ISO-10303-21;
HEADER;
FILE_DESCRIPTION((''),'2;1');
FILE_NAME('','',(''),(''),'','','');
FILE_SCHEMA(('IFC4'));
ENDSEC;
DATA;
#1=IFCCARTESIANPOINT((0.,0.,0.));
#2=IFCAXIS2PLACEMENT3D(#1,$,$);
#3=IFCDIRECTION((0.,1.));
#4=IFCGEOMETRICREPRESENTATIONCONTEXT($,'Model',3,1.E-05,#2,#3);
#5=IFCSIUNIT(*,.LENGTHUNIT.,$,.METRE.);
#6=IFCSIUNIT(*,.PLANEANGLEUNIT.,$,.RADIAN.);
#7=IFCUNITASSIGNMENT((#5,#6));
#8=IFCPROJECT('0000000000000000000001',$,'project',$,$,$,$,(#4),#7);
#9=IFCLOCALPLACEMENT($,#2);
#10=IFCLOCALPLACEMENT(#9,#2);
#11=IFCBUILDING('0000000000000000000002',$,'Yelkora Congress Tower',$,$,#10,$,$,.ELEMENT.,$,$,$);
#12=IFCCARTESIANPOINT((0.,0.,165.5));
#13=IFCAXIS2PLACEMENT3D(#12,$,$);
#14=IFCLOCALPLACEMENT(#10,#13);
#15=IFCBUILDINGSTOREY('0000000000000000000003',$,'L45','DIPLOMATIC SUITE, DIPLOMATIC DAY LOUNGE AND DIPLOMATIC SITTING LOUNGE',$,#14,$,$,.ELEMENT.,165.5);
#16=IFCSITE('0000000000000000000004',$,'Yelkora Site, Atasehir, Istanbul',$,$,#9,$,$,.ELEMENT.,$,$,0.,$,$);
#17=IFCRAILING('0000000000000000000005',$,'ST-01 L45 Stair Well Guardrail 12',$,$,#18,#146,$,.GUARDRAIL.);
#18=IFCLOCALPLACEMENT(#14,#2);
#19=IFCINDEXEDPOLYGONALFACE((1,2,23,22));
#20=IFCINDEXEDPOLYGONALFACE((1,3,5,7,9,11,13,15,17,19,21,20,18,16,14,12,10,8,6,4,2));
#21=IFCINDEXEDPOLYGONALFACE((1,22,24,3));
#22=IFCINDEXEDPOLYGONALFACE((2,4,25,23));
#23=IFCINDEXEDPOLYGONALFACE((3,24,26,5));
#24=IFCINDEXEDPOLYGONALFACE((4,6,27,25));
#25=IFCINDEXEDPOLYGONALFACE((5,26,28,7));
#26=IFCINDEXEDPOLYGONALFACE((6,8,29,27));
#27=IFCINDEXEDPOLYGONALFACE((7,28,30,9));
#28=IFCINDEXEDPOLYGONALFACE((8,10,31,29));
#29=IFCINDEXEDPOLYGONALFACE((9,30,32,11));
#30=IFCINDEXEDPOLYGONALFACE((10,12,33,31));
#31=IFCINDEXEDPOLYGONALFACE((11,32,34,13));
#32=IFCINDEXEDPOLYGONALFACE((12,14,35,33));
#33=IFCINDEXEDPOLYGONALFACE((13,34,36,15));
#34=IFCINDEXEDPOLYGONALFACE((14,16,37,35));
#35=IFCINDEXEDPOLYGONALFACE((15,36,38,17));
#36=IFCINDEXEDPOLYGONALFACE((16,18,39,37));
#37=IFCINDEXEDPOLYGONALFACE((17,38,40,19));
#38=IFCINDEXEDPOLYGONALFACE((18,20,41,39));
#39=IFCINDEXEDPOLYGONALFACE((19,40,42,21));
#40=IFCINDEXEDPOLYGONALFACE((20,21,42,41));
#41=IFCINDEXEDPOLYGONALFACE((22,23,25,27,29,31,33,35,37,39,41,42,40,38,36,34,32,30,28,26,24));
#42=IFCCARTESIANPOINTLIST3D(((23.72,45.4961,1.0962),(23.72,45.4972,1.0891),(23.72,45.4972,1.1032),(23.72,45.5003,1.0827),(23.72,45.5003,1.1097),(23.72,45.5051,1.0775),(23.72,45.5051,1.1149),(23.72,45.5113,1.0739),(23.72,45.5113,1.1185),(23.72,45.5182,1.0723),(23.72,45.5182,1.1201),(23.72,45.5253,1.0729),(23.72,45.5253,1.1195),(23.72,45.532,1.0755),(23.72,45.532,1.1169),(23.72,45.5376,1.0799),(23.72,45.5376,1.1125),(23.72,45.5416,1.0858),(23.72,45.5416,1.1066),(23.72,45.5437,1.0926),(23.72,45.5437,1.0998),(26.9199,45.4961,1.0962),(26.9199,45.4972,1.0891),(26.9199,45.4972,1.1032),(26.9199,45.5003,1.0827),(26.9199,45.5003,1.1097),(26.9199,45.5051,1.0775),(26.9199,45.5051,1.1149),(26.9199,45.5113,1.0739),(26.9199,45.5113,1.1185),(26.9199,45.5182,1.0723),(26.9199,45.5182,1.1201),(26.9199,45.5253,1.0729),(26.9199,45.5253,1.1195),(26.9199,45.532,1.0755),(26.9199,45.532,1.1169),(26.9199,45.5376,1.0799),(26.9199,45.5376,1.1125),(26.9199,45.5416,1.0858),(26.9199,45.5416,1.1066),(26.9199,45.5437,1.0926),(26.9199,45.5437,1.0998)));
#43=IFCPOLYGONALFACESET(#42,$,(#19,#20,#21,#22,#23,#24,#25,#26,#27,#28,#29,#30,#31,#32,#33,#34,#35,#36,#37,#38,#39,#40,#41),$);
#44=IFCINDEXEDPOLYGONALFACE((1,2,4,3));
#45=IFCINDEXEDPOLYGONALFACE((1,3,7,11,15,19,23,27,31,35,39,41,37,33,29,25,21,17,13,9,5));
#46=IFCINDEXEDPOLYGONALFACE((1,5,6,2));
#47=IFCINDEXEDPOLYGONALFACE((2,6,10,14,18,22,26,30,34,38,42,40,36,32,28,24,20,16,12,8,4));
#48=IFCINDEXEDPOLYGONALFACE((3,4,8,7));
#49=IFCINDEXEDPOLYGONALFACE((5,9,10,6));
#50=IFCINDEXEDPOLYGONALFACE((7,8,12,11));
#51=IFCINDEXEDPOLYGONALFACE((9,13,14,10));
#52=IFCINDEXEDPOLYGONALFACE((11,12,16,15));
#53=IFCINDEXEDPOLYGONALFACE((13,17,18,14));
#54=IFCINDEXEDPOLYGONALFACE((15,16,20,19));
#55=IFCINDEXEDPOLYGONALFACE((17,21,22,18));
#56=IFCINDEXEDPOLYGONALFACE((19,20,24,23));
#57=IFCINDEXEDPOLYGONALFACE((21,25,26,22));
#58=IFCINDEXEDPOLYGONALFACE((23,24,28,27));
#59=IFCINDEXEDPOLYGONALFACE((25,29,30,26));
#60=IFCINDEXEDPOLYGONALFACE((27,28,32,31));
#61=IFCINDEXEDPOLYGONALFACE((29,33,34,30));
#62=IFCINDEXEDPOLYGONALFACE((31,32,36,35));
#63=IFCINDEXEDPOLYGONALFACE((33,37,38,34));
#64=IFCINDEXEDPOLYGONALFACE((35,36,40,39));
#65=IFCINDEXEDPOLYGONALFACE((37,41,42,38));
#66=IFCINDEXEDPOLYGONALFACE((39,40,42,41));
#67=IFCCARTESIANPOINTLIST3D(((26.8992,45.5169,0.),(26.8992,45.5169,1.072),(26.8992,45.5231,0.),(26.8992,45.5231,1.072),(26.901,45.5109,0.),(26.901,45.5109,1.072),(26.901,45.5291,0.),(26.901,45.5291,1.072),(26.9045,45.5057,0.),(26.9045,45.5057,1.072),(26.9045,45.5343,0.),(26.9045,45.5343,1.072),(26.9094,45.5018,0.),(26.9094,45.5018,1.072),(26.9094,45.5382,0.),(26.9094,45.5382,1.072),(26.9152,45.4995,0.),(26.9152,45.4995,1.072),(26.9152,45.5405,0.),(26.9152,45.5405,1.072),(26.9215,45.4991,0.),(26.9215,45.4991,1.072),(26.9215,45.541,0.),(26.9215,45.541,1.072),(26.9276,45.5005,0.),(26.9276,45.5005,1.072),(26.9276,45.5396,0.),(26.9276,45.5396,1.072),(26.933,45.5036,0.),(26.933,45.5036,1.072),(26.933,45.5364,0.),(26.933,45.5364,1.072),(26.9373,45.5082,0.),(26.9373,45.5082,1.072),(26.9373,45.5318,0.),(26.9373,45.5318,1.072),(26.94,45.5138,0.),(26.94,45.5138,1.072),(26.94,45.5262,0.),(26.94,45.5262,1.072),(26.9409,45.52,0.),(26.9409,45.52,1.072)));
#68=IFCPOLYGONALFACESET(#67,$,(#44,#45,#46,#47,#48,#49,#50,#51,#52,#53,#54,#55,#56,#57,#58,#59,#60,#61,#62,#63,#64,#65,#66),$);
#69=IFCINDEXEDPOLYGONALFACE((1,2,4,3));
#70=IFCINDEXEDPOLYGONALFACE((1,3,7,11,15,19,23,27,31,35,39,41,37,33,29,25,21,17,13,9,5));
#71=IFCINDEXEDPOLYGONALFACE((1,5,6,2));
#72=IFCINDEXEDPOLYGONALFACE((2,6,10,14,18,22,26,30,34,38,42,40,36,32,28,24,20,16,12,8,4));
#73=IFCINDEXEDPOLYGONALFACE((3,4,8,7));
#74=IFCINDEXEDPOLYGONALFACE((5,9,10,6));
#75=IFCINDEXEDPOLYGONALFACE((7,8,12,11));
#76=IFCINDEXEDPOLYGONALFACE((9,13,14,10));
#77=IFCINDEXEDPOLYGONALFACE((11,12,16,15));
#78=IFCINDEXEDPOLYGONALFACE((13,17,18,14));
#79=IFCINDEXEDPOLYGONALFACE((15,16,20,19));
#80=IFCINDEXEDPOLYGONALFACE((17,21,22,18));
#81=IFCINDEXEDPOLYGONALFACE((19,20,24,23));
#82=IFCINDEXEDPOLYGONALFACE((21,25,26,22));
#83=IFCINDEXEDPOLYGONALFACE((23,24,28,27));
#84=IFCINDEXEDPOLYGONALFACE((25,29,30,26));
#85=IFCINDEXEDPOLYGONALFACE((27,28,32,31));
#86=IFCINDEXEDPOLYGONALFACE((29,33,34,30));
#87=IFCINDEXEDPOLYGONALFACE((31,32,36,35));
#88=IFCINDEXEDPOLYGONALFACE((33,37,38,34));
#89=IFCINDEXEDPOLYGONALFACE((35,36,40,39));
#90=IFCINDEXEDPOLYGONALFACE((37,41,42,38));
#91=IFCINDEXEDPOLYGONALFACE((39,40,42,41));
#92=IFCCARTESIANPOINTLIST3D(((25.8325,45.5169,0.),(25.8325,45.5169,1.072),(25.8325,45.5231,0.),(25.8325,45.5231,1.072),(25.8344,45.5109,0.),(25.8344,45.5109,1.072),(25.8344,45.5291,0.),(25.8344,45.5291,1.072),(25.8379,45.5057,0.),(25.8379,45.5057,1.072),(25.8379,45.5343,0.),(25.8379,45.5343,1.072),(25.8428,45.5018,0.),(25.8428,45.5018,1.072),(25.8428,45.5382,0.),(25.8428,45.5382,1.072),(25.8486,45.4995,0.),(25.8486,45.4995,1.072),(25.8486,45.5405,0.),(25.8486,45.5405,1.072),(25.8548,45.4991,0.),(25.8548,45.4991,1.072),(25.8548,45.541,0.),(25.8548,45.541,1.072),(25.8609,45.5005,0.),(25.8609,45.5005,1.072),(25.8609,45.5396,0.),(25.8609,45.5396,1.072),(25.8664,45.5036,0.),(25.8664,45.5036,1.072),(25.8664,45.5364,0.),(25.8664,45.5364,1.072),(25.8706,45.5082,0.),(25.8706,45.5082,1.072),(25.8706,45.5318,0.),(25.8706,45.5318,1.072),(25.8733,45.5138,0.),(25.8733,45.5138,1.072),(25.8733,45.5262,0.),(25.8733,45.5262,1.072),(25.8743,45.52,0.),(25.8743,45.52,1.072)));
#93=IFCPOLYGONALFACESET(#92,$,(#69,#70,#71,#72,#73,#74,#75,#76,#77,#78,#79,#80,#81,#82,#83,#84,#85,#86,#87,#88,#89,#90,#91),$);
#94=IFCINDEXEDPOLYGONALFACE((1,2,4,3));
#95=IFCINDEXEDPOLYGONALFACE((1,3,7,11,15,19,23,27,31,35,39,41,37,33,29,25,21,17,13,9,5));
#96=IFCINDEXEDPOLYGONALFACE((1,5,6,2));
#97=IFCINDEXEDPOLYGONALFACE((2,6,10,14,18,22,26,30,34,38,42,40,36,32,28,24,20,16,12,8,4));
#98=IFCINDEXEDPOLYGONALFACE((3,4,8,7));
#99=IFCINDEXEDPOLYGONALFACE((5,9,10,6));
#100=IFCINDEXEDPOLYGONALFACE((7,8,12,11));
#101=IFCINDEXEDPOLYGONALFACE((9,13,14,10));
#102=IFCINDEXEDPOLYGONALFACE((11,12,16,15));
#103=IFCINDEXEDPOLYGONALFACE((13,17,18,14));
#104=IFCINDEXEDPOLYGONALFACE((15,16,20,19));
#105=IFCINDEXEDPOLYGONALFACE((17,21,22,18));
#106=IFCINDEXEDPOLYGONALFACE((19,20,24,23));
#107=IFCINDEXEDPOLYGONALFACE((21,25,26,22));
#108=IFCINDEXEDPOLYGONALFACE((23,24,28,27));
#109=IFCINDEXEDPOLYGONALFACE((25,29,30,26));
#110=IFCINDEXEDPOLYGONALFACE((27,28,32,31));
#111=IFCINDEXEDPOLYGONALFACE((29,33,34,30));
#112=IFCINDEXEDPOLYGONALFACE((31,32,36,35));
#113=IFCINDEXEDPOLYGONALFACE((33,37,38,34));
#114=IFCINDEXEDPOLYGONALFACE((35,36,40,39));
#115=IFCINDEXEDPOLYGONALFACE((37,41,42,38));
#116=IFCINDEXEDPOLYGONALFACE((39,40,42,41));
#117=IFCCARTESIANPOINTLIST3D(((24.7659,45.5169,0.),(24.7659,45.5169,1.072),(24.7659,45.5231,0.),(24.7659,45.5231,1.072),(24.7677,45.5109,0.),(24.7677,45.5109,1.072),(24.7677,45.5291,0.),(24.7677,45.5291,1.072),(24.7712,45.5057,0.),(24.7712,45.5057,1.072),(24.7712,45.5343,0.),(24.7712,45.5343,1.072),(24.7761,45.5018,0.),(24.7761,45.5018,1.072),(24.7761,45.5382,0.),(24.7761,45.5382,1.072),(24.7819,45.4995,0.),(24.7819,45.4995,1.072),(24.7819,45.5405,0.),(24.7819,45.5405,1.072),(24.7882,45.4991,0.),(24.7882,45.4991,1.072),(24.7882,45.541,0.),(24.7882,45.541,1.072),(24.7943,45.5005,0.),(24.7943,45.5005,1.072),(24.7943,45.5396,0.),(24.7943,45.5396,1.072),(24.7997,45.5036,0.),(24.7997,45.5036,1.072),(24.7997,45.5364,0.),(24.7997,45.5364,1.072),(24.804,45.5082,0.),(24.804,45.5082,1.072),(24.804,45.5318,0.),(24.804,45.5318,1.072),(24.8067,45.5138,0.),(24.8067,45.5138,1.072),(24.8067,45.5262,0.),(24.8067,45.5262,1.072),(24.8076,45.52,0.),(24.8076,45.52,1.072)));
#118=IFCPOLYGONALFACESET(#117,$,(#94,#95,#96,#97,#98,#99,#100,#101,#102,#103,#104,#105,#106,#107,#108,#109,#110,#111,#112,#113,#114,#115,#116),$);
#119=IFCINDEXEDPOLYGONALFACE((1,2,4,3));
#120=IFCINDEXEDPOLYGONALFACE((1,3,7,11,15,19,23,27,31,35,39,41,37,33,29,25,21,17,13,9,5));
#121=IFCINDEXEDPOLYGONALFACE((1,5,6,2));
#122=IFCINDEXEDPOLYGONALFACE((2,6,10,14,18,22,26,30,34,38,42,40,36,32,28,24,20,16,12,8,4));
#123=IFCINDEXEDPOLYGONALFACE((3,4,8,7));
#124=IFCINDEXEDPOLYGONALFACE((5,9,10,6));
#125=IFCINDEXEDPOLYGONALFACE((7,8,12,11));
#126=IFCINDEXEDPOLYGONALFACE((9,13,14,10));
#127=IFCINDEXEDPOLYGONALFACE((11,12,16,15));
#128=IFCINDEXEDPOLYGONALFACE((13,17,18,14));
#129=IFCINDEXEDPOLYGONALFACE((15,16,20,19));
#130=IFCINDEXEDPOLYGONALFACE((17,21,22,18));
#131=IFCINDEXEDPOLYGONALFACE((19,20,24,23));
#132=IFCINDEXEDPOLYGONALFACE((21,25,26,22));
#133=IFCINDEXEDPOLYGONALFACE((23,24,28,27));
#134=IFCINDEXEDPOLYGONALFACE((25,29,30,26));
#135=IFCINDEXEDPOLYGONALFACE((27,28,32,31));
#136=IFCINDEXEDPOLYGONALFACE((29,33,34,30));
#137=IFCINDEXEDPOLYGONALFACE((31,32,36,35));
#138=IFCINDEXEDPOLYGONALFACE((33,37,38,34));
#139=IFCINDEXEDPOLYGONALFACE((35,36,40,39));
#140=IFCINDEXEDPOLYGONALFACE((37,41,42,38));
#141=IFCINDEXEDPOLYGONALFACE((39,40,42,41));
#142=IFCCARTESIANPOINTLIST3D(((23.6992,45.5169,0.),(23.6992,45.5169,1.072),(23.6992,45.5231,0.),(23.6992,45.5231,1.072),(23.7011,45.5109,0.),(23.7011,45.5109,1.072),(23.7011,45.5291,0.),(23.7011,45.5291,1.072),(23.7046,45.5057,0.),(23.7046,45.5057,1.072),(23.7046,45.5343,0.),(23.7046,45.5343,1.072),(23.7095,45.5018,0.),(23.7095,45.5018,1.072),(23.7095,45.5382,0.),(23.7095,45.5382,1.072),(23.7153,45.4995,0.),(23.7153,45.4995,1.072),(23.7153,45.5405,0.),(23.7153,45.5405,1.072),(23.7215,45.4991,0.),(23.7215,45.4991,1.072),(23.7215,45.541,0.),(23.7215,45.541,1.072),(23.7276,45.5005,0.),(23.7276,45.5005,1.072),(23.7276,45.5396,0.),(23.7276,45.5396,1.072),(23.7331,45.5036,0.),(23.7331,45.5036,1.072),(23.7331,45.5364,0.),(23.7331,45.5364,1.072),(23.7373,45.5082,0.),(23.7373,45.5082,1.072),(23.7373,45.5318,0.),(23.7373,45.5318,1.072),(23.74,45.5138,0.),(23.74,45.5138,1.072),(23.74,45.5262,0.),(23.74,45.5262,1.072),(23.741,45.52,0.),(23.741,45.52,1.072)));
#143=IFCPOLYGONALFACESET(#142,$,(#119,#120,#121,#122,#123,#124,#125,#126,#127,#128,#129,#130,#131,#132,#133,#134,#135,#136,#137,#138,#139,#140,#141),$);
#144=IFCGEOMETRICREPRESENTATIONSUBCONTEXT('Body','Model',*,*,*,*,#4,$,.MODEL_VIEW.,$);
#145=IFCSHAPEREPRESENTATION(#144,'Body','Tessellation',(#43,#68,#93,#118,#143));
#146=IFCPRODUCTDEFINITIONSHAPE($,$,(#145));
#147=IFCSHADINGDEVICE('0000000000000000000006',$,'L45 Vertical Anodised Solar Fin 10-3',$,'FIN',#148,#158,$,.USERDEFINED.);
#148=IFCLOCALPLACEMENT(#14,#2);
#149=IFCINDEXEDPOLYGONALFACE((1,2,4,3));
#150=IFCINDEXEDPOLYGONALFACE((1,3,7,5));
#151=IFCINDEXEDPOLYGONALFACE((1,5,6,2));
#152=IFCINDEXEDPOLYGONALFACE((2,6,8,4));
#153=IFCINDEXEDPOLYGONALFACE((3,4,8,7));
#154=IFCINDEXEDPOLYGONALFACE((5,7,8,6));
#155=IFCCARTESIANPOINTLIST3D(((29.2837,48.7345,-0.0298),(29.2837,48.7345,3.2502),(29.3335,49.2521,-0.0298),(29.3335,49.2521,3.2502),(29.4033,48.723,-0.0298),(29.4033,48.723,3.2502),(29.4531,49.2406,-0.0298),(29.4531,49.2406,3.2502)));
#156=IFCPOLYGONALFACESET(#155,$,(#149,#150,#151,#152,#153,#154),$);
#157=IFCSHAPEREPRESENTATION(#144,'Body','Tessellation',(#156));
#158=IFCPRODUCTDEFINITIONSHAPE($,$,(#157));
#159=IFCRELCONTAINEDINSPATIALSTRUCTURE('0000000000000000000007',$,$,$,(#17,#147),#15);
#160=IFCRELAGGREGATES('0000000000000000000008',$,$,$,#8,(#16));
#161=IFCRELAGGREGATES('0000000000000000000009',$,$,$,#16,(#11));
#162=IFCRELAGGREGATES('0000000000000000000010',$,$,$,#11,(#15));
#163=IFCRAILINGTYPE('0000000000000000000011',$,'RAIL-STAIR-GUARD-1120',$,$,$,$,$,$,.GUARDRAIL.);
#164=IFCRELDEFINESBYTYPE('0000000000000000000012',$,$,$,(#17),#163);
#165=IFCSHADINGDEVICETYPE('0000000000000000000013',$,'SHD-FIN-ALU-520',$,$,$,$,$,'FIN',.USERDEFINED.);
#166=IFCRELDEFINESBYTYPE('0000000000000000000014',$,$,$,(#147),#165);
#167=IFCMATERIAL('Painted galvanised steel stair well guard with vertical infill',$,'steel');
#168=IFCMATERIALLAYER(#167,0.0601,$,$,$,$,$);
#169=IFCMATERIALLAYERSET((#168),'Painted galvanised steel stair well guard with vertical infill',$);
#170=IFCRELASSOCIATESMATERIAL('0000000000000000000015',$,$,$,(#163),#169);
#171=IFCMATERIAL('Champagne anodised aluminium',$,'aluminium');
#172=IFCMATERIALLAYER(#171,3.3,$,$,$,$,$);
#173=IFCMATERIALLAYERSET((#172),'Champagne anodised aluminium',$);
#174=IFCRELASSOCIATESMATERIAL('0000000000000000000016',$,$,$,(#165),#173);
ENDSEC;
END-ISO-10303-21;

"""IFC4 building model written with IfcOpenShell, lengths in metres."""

from ifc_helpers import new_model, si_unit, direction, frame, origin, origin_2d, place, context, subcontext, project, spatial, rectangle, circle, extrude, material, layer, layer_set, type_object, element, save


model = new_model("IFC4")

# Units and contexts
model_context = context("Model", 3, precision=1e-05, world=origin(), true_north=direction((0.0, 1.0)))
body_context = subcontext(model_context, "Body", "Model", "MODEL_VIEW")
ifc_project = project(units=[si_unit("LENGTHUNIT", "METRE"), si_unit("PLANEANGLEUNIT", "RADIAN")], contexts=[model_context])

# Site, building, storey
site_placement = place(None, origin())
site = spatial("IfcSite", under=ifc_project, at=site_placement, Name="Yelkora Site, Atasehir, Istanbul", CompositionType="ELEMENT", RefElevation=0.0)
building_placement = place(site_placement, origin())
building = spatial("IfcBuilding", under=site, at=building_placement, Name="Yelkora Congress Tower", CompositionType="ELEMENT")
storey_placement = place(building_placement, frame((0.0, 0.0, 165.5)))
storey = spatial("IfcBuildingStorey", under=building, at=storey_placement, Name="L45", Description="DIPLOMATIC SUITE, DIPLOMATIC DAY LOUNGE AND DIPLOMATIC SITTING LOUNGE", CompositionType="ELEMENT", Elevation=165.5)

# Railing
ifc_material_1 = material(Name="Painted galvanised steel stair well guard with vertical infill", Category="steel")
ifc_layer_1 = layer(ifc_material_1, 0.0601)
ifc_layer_set_1 = layer_set([ifc_layer_1], Name="Painted galvanised steel stair well guard with vertical infill")
railing_type = type_object("IfcRailingType", Name="RAIL-STAIR-GUARD-1120", PredefinedType="GUARDRAIL", material=ifc_layer_set_1)
railing_1_placement = place(storey_placement, frame((26.9199, 45.52, 0.0)))
element("IfcRailing", 1, at=railing_1_placement, inside=storey, type_object=railing_type, Name="ST-01 L45 Stair Well Guardrail 12", PredefinedType="GUARDRAIL", context=body_context, shape_type="SweptSolid", body=[
    extrude(circle(Radius=0.0239, at=origin_2d()), frame((0.0, 0.0, 1.0962), z_axis=(-1.0, 0.0, 0.0), x_axis=(0.0, -1.0, 0.0)), (0.0, 0.0, 1.0), 3.2),
    extrude(circle(Radius=0.021, at=origin_2d()), origin(), (0.0, 0.0, 1.0), 1.072),
    extrude(circle(Radius=0.021, at=origin_2d()), frame((-1.0667, 0.0, 0.0)), (0.0, 0.0, 1.0), 1.072),
    extrude(circle(Radius=0.021, at=origin_2d()), frame((-2.1333, 0.0, 0.0)), (0.0, 0.0, 1.0), 1.072),
    extrude(circle(Radius=0.021, at=origin_2d()), frame((-3.2, 0.0, 0.0)), (0.0, 0.0, 1.0), 1.072),
])

# Shading device
ifc_material_2 = material(Name="Champagne anodised aluminium", Category="aluminium")
ifc_layer_2 = layer(ifc_material_2, 3.3)
ifc_layer_set_2 = layer_set([ifc_layer_2], Name="Champagne anodised aluminium")
shading_device_type = type_object("IfcShadingDeviceType", Name="SHD-FIN-ALU-520", ElementType="FIN", PredefinedType="USERDEFINED", material=ifc_layer_set_2)
shading_device_placement = place(storey_placement, frame((29.3684, 48.9875, -0.0298), z_axis=(0.0, 0.0, 1.0), x_axis=(0.995396, -0.095846, 0.0)))
element("IfcShadingDevice", 2, at=shading_device_placement, inside=storey, type_object=shading_device_type, Name="L45 Vertical Anodised Solar Fin 10-3", ObjectType="FIN", PredefinedType="USERDEFINED", context=body_context, shape_type="SweptSolid", body=[
    extrude(rectangle(XDim=0.1201, YDim=0.52, at=origin_2d()), origin(), (0.0, 0.0, 1.0), 3.28),
])

save(model, "model.ifc")
